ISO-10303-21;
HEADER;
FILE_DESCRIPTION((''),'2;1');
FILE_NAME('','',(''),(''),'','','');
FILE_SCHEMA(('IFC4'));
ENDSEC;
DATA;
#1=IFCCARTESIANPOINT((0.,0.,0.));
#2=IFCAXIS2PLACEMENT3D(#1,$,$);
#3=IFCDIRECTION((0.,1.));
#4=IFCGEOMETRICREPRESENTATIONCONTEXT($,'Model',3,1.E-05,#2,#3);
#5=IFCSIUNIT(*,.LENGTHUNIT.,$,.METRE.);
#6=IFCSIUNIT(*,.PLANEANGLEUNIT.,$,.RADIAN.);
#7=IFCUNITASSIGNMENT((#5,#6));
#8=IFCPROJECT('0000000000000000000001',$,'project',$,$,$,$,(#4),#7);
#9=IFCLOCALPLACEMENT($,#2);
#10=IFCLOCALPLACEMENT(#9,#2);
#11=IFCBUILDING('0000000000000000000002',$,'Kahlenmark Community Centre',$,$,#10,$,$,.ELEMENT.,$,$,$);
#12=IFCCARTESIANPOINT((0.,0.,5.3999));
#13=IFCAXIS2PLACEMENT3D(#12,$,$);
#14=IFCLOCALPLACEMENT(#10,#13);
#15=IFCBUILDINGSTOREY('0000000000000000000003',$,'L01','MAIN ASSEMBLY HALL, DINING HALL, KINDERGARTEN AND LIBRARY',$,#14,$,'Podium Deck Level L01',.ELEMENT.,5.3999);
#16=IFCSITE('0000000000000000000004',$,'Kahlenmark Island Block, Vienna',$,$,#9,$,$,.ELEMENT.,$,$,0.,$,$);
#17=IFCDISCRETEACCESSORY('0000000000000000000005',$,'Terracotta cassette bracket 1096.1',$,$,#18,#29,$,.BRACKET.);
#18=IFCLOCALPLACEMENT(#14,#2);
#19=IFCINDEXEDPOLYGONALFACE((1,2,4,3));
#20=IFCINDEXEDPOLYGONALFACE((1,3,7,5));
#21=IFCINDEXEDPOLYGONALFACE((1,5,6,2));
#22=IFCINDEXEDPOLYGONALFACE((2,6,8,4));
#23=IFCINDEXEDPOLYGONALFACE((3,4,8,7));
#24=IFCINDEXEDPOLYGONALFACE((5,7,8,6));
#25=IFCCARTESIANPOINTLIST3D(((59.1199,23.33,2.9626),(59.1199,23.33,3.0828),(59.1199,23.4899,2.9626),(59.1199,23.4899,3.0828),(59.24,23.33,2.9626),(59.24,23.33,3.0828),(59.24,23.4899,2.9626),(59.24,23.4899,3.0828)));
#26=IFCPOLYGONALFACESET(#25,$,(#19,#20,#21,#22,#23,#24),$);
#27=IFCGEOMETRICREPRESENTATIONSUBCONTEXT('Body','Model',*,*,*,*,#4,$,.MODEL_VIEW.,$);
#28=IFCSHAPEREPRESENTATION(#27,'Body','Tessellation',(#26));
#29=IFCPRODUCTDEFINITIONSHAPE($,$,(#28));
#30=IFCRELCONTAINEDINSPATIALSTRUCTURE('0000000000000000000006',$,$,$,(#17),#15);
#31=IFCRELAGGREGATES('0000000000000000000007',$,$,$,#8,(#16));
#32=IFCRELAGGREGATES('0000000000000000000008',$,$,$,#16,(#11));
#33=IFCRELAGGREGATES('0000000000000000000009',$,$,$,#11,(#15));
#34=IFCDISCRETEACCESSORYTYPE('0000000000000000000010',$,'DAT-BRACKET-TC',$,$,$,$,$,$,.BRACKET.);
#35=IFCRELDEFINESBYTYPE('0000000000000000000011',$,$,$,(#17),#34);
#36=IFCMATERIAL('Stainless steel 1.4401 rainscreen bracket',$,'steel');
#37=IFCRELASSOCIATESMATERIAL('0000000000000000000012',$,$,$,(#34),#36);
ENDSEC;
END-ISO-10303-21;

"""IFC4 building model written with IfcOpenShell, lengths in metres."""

from ifc_helpers import new_model, si_unit, direction, frame, origin, origin_2d, place, context, subcontext, project, spatial, rectangle, extrude, material, type_object, element, save


model = new_model("IFC4")

# Units and contexts
model_context = context("Model", 3, precision=1e-05, world=origin(), true_north=direction((0.0, 1.0)))
body_context = subcontext(model_context, "Body", "Model", "MODEL_VIEW")
ifc_project = project(units=[si_unit("LENGTHUNIT", "METRE"), si_unit("PLANEANGLEUNIT", "RADIAN")], contexts=[model_context])

# Site, building, storey
site_placement = place(None, origin())
site = spatial("IfcSite", under=ifc_project, at=site_placement, Name="Kahlenmark Island Block, Vienna", CompositionType="ELEMENT", RefElevation=0.0)
building_placement = place(site_placement, origin())
building = spatial("IfcBuilding", under=site, at=building_placement, Name="Kahlenmark Community Centre", CompositionType="ELEMENT")
storey_placement = place(building_placement, frame((0.0, 0.0, 5.3999)))
storey = spatial("IfcBuildingStorey", under=building, at=storey_placement, Name="L01", Description="MAIN ASSEMBLY HALL, DINING HALL, KINDERGARTEN AND LIBRARY", LongName="Podium Deck Level L01", CompositionType="ELEMENT", Elevation=5.3999)

# Discrete accessory
ifc_material_1 = material(Name="Stainless steel 1.4401 rainscreen bracket", Category="steel")
discrete_accessory_type = type_object("IfcDiscreteAccessoryType", Name="DAT-BRACKET-TC", PredefinedType="BRACKET", material=ifc_material_1)
for number, where, z_axis, x_axis, name in (
    (1, (59.1799, 23.4099, 2.9626), (0.0, 0.0, 1.0), (-1.0, 0.0, 0.0), "Terracotta cassette bracket 1096.1"),
):
    element("IfcDiscreteAccessory", number, at=place(storey_placement, frame(where, z_axis=z_axis, x_axis=x_axis)), inside=storey, type_object=discrete_accessory_type, Name=name, PredefinedType="BRACKET", context=body_context, shape_type="SweptSolid", body=[
        extrude(rectangle(XDim=0.1201, YDim=0.1599, at=origin_2d()), origin(), (0.0, 0.0, 1.0), 0.1201),
    ])

save(model, "model.ifc")
